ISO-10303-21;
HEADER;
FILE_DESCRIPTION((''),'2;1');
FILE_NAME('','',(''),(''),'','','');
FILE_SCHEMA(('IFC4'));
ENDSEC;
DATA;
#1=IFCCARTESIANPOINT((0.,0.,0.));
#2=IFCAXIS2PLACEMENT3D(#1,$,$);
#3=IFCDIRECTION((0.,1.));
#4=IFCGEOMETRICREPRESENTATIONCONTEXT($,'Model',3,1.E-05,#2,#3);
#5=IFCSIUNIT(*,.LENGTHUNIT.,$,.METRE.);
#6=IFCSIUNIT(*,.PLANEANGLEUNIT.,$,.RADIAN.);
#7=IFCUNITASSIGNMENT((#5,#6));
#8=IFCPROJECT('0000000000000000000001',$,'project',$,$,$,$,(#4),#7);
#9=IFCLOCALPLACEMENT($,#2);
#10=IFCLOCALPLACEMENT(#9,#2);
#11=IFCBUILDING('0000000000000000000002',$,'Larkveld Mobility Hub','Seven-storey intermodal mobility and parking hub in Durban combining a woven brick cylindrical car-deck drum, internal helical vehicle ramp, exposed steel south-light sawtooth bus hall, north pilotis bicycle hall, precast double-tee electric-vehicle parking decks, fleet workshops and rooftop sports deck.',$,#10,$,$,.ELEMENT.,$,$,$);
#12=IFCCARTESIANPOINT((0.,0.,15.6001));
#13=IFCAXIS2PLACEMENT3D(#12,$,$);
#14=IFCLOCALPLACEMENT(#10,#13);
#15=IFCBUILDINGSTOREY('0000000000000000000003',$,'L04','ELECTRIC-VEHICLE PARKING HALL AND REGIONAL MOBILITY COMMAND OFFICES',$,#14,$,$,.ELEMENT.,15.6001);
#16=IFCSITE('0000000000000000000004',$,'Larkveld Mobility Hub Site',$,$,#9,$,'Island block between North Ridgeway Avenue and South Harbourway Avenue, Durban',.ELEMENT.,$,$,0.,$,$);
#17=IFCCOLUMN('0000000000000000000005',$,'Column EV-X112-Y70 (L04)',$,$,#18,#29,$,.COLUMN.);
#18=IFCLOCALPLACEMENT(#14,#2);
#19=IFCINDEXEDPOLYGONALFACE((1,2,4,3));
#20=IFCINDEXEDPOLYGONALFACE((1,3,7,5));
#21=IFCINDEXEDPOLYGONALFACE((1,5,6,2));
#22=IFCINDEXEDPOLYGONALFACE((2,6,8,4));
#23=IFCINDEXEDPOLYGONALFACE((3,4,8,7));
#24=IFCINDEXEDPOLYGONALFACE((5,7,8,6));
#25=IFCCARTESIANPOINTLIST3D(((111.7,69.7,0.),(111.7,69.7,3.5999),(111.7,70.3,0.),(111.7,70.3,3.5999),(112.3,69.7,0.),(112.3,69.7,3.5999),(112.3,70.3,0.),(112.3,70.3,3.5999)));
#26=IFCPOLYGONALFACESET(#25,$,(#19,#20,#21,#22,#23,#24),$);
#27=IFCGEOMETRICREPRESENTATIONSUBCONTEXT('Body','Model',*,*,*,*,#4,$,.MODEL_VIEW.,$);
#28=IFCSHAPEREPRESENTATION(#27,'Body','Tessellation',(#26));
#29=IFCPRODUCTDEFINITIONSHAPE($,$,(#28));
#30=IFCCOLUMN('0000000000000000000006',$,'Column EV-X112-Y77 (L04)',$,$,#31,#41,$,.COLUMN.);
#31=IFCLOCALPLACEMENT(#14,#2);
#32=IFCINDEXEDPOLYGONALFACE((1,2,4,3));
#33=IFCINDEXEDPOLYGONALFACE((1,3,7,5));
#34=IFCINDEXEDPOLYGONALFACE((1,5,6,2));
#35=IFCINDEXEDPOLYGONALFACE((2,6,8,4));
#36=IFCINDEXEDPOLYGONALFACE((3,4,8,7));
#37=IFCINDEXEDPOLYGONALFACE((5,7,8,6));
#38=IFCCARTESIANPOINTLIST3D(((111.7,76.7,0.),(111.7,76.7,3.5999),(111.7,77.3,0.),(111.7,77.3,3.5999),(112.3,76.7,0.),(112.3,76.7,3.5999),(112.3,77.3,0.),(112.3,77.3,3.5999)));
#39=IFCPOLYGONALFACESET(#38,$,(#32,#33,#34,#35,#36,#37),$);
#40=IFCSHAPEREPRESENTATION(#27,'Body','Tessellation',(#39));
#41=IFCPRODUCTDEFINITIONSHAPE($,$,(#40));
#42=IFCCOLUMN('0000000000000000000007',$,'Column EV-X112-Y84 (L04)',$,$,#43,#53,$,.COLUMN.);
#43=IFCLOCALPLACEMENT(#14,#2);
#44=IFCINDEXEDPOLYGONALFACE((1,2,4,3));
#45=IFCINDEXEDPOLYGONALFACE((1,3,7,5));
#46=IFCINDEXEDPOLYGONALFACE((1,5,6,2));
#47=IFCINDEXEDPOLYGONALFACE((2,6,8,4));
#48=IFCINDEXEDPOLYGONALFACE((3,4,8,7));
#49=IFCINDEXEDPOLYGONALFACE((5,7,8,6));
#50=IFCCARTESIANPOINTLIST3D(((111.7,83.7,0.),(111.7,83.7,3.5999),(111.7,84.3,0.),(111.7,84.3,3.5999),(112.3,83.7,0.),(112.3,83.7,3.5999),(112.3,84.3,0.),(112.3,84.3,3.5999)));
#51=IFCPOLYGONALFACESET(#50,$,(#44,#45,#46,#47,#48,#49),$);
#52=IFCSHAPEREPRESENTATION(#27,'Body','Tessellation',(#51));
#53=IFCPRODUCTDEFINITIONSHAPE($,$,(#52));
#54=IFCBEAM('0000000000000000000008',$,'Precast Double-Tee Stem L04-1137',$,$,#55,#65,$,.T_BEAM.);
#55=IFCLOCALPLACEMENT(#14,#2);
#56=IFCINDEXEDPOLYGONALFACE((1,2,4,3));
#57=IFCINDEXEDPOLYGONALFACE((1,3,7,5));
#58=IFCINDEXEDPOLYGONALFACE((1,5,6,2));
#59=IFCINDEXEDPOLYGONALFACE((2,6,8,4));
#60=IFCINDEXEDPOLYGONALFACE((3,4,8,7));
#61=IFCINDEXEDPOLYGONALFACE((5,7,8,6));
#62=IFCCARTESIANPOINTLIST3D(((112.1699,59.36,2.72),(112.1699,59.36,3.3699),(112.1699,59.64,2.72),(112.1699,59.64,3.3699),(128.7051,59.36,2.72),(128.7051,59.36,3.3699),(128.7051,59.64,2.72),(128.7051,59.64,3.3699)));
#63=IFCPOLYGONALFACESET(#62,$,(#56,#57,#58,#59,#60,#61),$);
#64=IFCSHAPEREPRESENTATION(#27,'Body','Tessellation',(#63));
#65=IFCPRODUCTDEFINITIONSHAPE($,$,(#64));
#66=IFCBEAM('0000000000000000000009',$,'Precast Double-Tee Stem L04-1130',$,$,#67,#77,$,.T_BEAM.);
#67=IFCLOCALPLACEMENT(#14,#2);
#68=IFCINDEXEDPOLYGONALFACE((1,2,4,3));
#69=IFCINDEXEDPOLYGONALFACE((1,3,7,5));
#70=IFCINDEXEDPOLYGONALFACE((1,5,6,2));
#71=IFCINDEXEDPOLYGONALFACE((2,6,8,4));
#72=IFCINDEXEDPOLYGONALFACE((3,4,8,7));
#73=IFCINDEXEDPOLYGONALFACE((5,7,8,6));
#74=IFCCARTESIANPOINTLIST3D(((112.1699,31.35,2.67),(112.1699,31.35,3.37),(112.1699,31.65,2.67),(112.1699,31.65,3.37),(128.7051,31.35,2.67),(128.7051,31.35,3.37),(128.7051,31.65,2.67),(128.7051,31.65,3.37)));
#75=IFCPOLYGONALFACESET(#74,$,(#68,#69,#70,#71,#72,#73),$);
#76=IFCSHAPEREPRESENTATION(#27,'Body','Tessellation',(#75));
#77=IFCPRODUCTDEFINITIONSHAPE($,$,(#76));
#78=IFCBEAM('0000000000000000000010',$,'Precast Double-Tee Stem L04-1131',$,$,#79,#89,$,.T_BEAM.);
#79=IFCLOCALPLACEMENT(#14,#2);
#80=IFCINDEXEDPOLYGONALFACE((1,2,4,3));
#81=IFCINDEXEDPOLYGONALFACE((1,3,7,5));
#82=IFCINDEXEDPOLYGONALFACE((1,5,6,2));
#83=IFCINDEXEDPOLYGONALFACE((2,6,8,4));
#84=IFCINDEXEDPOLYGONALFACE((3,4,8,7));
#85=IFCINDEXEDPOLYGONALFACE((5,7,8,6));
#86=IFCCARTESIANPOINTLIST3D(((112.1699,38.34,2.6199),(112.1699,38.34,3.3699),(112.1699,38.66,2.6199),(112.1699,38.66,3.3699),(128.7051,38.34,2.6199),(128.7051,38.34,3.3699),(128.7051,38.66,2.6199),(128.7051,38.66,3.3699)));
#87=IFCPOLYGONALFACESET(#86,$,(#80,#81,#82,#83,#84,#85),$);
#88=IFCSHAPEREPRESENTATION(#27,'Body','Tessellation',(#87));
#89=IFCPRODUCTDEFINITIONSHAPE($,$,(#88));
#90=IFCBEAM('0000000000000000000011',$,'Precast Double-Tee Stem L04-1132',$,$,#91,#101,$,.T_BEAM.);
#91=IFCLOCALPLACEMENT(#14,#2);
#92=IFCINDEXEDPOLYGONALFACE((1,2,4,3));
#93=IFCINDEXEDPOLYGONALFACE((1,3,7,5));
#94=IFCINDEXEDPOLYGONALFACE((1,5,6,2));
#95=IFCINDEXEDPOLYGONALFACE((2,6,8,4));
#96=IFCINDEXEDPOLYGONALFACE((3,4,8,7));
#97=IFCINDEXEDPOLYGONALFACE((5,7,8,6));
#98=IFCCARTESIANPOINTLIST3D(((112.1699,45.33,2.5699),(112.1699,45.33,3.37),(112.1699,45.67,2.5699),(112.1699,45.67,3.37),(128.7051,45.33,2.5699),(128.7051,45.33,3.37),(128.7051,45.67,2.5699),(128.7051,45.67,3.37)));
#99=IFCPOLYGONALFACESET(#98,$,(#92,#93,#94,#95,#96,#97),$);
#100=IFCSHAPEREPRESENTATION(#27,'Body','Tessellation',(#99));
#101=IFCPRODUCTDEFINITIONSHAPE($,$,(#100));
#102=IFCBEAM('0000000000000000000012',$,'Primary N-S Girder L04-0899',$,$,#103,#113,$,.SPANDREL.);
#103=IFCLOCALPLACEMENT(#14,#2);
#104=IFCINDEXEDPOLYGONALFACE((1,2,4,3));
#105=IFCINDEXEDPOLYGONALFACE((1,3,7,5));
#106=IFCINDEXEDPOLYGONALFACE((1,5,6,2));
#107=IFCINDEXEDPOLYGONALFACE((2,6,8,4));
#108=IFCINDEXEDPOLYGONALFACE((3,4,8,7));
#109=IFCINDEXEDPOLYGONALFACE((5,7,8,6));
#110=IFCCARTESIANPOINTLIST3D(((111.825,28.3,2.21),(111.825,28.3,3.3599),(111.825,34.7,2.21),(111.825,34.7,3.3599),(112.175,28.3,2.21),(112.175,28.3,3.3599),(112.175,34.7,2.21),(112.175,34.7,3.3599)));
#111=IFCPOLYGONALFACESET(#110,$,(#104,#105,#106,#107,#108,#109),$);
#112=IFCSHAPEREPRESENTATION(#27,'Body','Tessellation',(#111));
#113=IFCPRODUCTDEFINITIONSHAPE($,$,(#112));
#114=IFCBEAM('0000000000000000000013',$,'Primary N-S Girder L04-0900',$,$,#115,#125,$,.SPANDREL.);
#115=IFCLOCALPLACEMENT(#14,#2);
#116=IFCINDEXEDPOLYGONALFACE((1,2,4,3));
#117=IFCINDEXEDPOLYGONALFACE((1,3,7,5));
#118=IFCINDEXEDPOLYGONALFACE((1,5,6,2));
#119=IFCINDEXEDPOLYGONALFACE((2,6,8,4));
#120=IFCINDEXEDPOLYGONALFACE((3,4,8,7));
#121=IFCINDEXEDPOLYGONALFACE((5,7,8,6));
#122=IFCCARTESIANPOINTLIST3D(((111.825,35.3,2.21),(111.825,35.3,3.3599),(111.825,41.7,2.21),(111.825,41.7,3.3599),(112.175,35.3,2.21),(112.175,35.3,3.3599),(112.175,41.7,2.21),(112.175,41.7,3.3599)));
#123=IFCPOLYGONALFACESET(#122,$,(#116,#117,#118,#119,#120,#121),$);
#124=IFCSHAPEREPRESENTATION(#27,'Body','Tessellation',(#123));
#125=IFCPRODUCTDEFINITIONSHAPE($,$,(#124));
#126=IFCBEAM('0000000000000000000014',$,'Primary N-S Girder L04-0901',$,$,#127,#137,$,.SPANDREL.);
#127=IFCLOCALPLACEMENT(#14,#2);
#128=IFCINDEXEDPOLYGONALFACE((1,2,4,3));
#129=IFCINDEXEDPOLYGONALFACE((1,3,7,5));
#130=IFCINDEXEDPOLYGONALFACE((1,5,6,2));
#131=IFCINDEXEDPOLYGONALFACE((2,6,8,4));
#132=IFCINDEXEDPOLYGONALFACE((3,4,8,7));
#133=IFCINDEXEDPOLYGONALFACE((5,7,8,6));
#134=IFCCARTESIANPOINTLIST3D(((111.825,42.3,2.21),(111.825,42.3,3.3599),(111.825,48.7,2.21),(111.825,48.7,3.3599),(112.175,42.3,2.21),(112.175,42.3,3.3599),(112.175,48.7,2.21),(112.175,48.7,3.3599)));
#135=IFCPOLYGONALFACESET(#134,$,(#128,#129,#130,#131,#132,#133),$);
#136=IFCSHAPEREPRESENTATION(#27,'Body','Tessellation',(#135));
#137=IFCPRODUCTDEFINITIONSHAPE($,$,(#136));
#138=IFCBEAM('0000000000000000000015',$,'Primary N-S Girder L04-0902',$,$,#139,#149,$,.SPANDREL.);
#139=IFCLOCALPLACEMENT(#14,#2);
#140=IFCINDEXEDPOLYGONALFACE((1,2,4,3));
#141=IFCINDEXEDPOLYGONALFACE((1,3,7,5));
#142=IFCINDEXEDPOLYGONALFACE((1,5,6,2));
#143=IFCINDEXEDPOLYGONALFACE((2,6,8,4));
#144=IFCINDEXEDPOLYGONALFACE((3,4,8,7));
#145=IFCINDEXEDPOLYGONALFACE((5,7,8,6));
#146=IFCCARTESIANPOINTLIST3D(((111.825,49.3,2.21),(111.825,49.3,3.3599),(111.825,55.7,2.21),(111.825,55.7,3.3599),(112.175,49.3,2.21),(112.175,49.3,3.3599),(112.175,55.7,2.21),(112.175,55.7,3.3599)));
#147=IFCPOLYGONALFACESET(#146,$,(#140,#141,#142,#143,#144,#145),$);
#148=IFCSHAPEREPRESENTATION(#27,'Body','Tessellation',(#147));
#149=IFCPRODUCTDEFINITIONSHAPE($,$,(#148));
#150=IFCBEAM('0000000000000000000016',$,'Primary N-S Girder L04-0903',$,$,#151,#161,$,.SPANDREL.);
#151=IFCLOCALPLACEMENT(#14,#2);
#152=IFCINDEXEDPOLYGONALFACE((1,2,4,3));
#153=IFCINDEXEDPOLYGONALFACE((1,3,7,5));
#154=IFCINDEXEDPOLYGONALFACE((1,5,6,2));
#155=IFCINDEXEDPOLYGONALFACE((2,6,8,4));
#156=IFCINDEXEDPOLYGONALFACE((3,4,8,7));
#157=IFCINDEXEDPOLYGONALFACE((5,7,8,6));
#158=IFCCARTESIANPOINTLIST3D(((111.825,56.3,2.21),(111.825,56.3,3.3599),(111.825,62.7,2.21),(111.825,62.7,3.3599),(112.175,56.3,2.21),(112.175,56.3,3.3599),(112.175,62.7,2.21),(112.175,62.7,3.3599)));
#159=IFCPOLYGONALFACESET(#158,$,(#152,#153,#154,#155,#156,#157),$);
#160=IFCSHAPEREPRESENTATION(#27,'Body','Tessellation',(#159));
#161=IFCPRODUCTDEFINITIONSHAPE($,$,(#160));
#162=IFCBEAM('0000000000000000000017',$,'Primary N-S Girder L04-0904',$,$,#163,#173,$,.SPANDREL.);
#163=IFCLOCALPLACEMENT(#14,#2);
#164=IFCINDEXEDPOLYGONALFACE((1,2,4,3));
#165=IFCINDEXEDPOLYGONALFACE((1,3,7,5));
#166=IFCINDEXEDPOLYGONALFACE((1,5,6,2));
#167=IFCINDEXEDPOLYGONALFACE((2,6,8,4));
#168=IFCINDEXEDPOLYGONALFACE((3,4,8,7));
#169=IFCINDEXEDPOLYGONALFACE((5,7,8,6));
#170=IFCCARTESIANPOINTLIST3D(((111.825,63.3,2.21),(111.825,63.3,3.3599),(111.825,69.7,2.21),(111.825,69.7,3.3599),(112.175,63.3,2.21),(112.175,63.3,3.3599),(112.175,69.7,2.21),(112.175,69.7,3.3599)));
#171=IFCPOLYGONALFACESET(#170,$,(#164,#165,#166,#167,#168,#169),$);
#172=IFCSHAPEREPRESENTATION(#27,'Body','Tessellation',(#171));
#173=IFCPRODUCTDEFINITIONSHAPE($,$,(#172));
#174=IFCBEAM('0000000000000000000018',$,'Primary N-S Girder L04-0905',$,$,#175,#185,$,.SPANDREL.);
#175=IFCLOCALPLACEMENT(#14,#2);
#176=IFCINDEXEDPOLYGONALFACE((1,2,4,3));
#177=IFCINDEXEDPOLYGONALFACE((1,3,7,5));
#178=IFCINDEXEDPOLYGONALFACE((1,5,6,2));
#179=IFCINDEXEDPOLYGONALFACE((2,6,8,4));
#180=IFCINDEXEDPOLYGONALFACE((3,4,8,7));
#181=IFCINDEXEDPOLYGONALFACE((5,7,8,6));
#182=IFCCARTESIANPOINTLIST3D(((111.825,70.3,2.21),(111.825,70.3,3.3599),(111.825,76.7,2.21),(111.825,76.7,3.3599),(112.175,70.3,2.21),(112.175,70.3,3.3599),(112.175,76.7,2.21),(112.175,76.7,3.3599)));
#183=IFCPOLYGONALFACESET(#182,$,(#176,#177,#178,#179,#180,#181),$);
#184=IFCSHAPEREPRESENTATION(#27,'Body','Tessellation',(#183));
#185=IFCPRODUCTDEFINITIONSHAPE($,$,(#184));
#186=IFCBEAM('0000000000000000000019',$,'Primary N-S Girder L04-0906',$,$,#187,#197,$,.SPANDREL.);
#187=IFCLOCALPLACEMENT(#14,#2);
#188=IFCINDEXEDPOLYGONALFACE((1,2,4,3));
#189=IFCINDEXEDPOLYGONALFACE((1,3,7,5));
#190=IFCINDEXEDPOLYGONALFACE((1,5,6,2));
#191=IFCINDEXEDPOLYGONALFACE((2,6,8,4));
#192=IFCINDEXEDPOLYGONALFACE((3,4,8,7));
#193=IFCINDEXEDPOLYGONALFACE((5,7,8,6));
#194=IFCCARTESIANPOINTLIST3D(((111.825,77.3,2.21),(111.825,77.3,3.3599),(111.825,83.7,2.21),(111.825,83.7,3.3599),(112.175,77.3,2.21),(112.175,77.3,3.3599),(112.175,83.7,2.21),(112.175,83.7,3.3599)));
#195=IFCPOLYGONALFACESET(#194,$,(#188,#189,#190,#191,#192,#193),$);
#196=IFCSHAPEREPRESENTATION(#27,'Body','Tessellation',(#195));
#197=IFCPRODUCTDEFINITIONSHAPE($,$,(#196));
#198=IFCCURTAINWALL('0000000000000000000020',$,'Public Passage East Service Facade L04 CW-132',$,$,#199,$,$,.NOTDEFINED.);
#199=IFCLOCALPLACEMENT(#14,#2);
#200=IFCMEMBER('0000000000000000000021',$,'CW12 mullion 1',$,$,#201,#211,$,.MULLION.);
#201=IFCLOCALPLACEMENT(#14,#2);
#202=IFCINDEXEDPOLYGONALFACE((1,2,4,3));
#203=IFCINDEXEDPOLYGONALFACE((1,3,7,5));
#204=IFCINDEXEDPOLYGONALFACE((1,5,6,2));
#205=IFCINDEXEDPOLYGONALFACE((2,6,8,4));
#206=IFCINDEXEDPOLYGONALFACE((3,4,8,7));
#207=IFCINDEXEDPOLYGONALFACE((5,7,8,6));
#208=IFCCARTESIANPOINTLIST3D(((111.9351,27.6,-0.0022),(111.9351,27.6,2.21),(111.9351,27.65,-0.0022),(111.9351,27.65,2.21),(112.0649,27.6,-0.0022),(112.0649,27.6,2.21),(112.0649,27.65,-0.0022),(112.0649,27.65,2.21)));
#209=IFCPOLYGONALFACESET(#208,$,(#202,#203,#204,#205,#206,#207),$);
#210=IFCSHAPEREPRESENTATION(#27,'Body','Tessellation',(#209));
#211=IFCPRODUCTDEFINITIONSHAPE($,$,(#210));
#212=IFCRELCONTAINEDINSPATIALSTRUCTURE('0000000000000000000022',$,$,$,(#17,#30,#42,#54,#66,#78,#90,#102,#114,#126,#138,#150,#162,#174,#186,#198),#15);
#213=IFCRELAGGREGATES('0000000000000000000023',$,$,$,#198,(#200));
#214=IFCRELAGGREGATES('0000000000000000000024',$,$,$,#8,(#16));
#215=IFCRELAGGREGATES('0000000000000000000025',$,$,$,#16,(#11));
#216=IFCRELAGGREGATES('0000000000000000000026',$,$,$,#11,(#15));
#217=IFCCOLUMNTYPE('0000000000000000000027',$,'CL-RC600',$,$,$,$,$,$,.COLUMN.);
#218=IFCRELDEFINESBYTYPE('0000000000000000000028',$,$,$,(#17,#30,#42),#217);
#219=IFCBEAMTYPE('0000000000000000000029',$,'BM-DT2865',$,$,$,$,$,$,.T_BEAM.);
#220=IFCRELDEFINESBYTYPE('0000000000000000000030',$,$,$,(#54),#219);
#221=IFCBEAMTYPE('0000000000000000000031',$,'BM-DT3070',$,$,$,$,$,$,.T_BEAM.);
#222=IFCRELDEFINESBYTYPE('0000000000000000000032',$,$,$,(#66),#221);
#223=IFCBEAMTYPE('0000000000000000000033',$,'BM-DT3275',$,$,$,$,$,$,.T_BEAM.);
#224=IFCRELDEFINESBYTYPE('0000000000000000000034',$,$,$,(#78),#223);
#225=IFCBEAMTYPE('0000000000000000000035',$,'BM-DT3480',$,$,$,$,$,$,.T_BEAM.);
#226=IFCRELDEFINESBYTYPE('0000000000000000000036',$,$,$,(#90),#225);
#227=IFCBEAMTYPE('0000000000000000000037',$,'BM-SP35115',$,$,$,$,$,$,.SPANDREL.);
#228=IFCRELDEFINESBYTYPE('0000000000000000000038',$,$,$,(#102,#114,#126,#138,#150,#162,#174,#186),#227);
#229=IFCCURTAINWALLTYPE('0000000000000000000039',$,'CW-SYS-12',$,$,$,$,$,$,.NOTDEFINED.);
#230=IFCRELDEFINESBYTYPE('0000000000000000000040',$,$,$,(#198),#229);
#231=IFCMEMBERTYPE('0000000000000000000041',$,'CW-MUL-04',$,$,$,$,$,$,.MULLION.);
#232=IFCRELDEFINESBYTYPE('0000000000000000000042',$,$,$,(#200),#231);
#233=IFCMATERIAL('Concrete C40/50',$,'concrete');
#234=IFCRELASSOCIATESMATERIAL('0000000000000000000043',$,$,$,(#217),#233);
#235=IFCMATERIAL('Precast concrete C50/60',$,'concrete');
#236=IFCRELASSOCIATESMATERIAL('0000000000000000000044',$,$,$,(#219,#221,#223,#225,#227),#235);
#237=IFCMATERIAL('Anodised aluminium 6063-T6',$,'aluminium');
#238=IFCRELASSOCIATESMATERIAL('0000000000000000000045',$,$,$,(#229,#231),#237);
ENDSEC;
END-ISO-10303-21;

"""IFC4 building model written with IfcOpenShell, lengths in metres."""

from ifc_helpers import new_model, si_unit, direction, frame, origin, origin_2d, place, context, subcontext, project, spatial, rectangle, extrude, material, material_profile, profile_set, type_object, element, aggregate, save


model = new_model("IFC4")

# Units and contexts
model_context = context("Model", 3, precision=1e-05, world=origin(), true_north=direction((0.0, 1.0)))
body_context = subcontext(model_context, "Body", "Model", "MODEL_VIEW")
ifc_project = project(units=[si_unit("LENGTHUNIT", "METRE"), si_unit("PLANEANGLEUNIT", "RADIAN")], contexts=[model_context])

# Site, building, storey
site_placement = place(None, origin())
site = spatial("IfcSite", under=ifc_project, at=site_placement, Name="Larkveld Mobility Hub Site", LongName="Island block between North Ridgeway Avenue and South Harbourway Avenue, Durban", CompositionType="ELEMENT", RefElevation=0.0)
building_placement = place(site_placement, origin())
building = spatial("IfcBuilding", under=site, at=building_placement, Name="Larkveld Mobility Hub", Description="Seven-storey intermodal mobility and parking hub in Durban combining a woven brick cylindrical car-deck drum, internal helical vehicle ramp, exposed steel south-light sawtooth bus hall, north pilotis bicycle hall, precast double-tee electric-vehicle parking decks, fleet workshops and rooftop sports deck.", CompositionType="ELEMENT")
storey_placement = place(building_placement, frame((0.0, 0.0, 15.6001)))
storey = spatial("IfcBuildingStorey", under=building, at=storey_placement, Name="L04", Description="ELECTRIC-VEHICLE PARKING HALL AND REGIONAL MOBILITY COMMAND OFFICES", CompositionType="ELEMENT", Elevation=15.6001)

# Columns
ifc_material_1 = material(Name="Concrete C40/50", Category="concrete")
ifc_material_profile_1 = material_profile(ifc_material_1, rectangle(XDim=0.6001, YDim=0.6001, at=origin_2d()), Name="RC COL 600x600")
ifc_profile_set_1 = profile_set([ifc_material_profile_1], Name="Concrete C40/50")
column_type = type_object("IfcColumnType", Name="CL-RC600", PredefinedType="COLUMN", material=ifc_profile_set_1)
for number, where, z_axis, x_axis, name in (
    (1, (112.0, 70.0, 0.0), (0.0, 0.0, 1.0), (1.0, 0.0, 0.0), "Column EV-X112-Y70 (L04)"),
    (2, (112.0, 77.0, 0.0), (0.0, 0.0, 1.0), (1.0, 0.0, 0.0), "Column EV-X112-Y77 (L04)"),
    (3, (112.0, 84.0, 0.0), (0.0, 0.0, 1.0), (1.0, 0.0, 0.0), "Column EV-X112-Y84 (L04)"),
):
    element("IfcColumn", number, at=place(storey_placement, frame(where, z_axis=z_axis, x_axis=x_axis)), inside=storey, type_object=column_type, Name=name, PredefinedType="COLUMN", context=body_context, shape_type="SweptSolid", body=[
        extrude(rectangle(XDim=0.6001, YDim=0.6001, at=origin_2d()), origin(), (0.0, 0.0, 1.0), 3.5999),
    ])

# Beams
ifc_material_2 = material(Name="Precast concrete C50/60", Category="concrete")
ifc_material_profile_2 = material_profile(ifc_material_2, rectangle(XDim=0.28, YDim=0.6499, at=origin_2d()), Name="PC DT 280x650")
ifc_profile_set_2 = profile_set([ifc_material_profile_2], Name="Precast concrete C50/60")
beam_type_1 = type_object("IfcBeamType", Name="BM-DT2865", PredefinedType="T_BEAM", material=ifc_profile_set_2)
beam_1_placement = place(storey_placement, frame((112.1699, 59.5, 3.0449), z_axis=(1.0, 0.0, 0.0), x_axis=(0.0, 1.0, 0.0)))
element("IfcBeam", 4, at=beam_1_placement, inside=storey, type_object=beam_type_1, Name="Precast Double-Tee Stem L04-1137", PredefinedType="T_BEAM", context=body_context, shape_type="SweptSolid", body=[
    extrude(rectangle(XDim=0.28, YDim=0.6499, at=origin_2d()), origin(), (0.0, 0.0, 1.0), 16.5352),
])
ifc_material_profile_3 = material_profile(ifc_material_2, rectangle(XDim=0.3, YDim=0.7, at=origin_2d()), Name="PC DT 300x700")
ifc_profile_set_3 = profile_set([ifc_material_profile_3], Name="Precast concrete C50/60")
beam_type_2 = type_object("IfcBeamType", Name="BM-DT3070", PredefinedType="T_BEAM", material=ifc_profile_set_3)
beam_2_placement = place(storey_placement, frame((112.1699, 31.5, 3.02), z_axis=(1.0, 0.0, 0.0), x_axis=(0.0, 1.0, 0.0)))
element("IfcBeam", 5, at=beam_2_placement, inside=storey, type_object=beam_type_2, Name="Precast Double-Tee Stem L04-1130", PredefinedType="T_BEAM", context=body_context, shape_type="SweptSolid", body=[
    extrude(rectangle(XDim=0.3, YDim=0.7, at=origin_2d()), origin(), (0.0, 0.0, 1.0), 16.5352),
])
ifc_material_profile_4 = material_profile(ifc_material_2, rectangle(XDim=0.3201, YDim=0.75, at=origin_2d()), Name="PC DT 320x750")
ifc_profile_set_4 = profile_set([ifc_material_profile_4], Name="Precast concrete C50/60")
beam_type_3 = type_object("IfcBeamType", Name="BM-DT3275", PredefinedType="T_BEAM", material=ifc_profile_set_4)
beam_3_placement = place(storey_placement, frame((112.1699, 38.5, 2.9949), z_axis=(1.0, 0.0, 0.0), x_axis=(0.0, 1.0, 0.0)))
element("IfcBeam", 6, at=beam_3_placement, inside=storey, type_object=beam_type_3, Name="Precast Double-Tee Stem L04-1131", PredefinedType="T_BEAM", context=body_context, shape_type="SweptSolid", body=[
    extrude(rectangle(XDim=0.3201, YDim=0.75, at=origin_2d()), origin(), (0.0, 0.0, 1.0), 16.5352),
])
ifc_material_profile_5 = material_profile(ifc_material_2, rectangle(XDim=0.3401, YDim=0.8, at=origin_2d()), Name="PC DT 340x800")
ifc_profile_set_5 = profile_set([ifc_material_profile_5], Name="Precast concrete C50/60")
beam_type_4 = type_object("IfcBeamType", Name="BM-DT3480", PredefinedType="T_BEAM", material=ifc_profile_set_5)
beam_4_placement = place(storey_placement, frame((112.1699, 45.5, 2.97), z_axis=(1.0, 0.0, 0.0), x_axis=(0.0, 1.0, 0.0)))
element("IfcBeam", 7, at=beam_4_placement, inside=storey, type_object=beam_type_4, Name="Precast Double-Tee Stem L04-1132", PredefinedType="T_BEAM", context=body_context, shape_type="SweptSolid", body=[
    extrude(rectangle(XDim=0.3401, YDim=0.8, at=origin_2d()), origin(), (0.0, 0.0, 1.0), 16.5352),
])
ifc_material_profile_6 = material_profile(ifc_material_2, rectangle(XDim=0.3501, YDim=1.1499, at=origin_2d()), Name="PC SP 350x1150")
ifc_profile_set_6 = profile_set([ifc_material_profile_6], Name="Precast concrete C50/60")
beam_type_5 = type_object("IfcBeamType", Name="BM-SP35115", PredefinedType="SPANDREL", material=ifc_profile_set_6)
for number, where, z_axis, x_axis, name in (
    (8, (112.0, 28.3, 2.7849), (0.0, 1.0, 0.0), (-1.0, 0.0, 0.0), "Primary N-S Girder L04-0899"),
    (9, (112.0, 35.3, 2.7849), (0.0, 1.0, 0.0), (-1.0, 0.0, 0.0), "Primary N-S Girder L04-0900"),
    (10, (112.0, 42.3, 2.7849), (0.0, 1.0, 0.0), (-1.0, 0.0, 0.0), "Primary N-S Girder L04-0901"),
    (11, (112.0, 49.3, 2.7849), (0.0, 1.0, 0.0), (-1.0, 0.0, 0.0), "Primary N-S Girder L04-0902"),
    (12, (112.0, 56.3, 2.7849), (0.0, 1.0, 0.0), (-1.0, 0.0, 0.0), "Primary N-S Girder L04-0903"),
    (13, (112.0, 63.3, 2.7849), (0.0, 1.0, 0.0), (-1.0, 0.0, 0.0), "Primary N-S Girder L04-0904"),
    (14, (112.0, 70.3, 2.7849), (0.0, 1.0, 0.0), (-1.0, 0.0, 0.0), "Primary N-S Girder L04-0905"),
    (15, (112.0, 77.3, 2.7849), (0.0, 1.0, 0.0), (-1.0, 0.0, 0.0), "Primary N-S Girder L04-0906"),
):
    element("IfcBeam", number, at=place(storey_placement, frame(where, z_axis=z_axis, x_axis=x_axis)), inside=storey, type_object=beam_type_5, Name=name, PredefinedType="SPANDREL", context=body_context, shape_type="SweptSolid", body=[
        extrude(rectangle(XDim=0.3501, YDim=1.1499, at=origin_2d()), origin(), (0.0, 0.0, 1.0), 6.3999),
    ])

# Curtain wall, member
ifc_material_3 = material(Name="Anodised aluminium 6063-T6", Category="aluminium")
curtain_wall_type = type_object("IfcCurtainWallType", Name="CW-SYS-12", PredefinedType="NOTDEFINED", material=ifc_material_3)
curtain_wall_placement = place(storey_placement, origin())
curtain_wall = element("IfcCurtainWall", 16, at=curtain_wall_placement, inside=storey, type_object=curtain_wall_type, Name="Public Passage East Service Facade L04 CW-132", PredefinedType="NOTDEFINED")
ifc_material_profile_7 = material_profile(ifc_material_3, rectangle(XDim=0.05, YDim=0.1299, at=origin_2d()), Name="ALU MULL 50x130")
ifc_profile_set_7 = profile_set([ifc_material_profile_7], Name="Anodised aluminium 6063-T6")
member_type_1 = type_object("IfcMemberType", Name="CW-MUL-04", PredefinedType="MULLION", material=ifc_profile_set_7)
member_1_placement = place(storey_placement, frame((112.0, 27.625, -0.0022), z_axis=(0.0, 0.0, 1.0), x_axis=(0.0, -1.0, 0.0)))
member_1 = element("IfcMember", 17, at=member_1_placement, type_object=member_type_1, Name="CW12 mullion 1", PredefinedType="MULLION", context=body_context, shape_type="SweptSolid", body=[
    extrude(rectangle(XDim=0.05, YDim=0.1299, at=origin_2d()), origin(), (0.0, 0.0, 1.0), 2.2122),
])
aggregate(curtain_wall, [member_1])

save(model, "model.ifc")
